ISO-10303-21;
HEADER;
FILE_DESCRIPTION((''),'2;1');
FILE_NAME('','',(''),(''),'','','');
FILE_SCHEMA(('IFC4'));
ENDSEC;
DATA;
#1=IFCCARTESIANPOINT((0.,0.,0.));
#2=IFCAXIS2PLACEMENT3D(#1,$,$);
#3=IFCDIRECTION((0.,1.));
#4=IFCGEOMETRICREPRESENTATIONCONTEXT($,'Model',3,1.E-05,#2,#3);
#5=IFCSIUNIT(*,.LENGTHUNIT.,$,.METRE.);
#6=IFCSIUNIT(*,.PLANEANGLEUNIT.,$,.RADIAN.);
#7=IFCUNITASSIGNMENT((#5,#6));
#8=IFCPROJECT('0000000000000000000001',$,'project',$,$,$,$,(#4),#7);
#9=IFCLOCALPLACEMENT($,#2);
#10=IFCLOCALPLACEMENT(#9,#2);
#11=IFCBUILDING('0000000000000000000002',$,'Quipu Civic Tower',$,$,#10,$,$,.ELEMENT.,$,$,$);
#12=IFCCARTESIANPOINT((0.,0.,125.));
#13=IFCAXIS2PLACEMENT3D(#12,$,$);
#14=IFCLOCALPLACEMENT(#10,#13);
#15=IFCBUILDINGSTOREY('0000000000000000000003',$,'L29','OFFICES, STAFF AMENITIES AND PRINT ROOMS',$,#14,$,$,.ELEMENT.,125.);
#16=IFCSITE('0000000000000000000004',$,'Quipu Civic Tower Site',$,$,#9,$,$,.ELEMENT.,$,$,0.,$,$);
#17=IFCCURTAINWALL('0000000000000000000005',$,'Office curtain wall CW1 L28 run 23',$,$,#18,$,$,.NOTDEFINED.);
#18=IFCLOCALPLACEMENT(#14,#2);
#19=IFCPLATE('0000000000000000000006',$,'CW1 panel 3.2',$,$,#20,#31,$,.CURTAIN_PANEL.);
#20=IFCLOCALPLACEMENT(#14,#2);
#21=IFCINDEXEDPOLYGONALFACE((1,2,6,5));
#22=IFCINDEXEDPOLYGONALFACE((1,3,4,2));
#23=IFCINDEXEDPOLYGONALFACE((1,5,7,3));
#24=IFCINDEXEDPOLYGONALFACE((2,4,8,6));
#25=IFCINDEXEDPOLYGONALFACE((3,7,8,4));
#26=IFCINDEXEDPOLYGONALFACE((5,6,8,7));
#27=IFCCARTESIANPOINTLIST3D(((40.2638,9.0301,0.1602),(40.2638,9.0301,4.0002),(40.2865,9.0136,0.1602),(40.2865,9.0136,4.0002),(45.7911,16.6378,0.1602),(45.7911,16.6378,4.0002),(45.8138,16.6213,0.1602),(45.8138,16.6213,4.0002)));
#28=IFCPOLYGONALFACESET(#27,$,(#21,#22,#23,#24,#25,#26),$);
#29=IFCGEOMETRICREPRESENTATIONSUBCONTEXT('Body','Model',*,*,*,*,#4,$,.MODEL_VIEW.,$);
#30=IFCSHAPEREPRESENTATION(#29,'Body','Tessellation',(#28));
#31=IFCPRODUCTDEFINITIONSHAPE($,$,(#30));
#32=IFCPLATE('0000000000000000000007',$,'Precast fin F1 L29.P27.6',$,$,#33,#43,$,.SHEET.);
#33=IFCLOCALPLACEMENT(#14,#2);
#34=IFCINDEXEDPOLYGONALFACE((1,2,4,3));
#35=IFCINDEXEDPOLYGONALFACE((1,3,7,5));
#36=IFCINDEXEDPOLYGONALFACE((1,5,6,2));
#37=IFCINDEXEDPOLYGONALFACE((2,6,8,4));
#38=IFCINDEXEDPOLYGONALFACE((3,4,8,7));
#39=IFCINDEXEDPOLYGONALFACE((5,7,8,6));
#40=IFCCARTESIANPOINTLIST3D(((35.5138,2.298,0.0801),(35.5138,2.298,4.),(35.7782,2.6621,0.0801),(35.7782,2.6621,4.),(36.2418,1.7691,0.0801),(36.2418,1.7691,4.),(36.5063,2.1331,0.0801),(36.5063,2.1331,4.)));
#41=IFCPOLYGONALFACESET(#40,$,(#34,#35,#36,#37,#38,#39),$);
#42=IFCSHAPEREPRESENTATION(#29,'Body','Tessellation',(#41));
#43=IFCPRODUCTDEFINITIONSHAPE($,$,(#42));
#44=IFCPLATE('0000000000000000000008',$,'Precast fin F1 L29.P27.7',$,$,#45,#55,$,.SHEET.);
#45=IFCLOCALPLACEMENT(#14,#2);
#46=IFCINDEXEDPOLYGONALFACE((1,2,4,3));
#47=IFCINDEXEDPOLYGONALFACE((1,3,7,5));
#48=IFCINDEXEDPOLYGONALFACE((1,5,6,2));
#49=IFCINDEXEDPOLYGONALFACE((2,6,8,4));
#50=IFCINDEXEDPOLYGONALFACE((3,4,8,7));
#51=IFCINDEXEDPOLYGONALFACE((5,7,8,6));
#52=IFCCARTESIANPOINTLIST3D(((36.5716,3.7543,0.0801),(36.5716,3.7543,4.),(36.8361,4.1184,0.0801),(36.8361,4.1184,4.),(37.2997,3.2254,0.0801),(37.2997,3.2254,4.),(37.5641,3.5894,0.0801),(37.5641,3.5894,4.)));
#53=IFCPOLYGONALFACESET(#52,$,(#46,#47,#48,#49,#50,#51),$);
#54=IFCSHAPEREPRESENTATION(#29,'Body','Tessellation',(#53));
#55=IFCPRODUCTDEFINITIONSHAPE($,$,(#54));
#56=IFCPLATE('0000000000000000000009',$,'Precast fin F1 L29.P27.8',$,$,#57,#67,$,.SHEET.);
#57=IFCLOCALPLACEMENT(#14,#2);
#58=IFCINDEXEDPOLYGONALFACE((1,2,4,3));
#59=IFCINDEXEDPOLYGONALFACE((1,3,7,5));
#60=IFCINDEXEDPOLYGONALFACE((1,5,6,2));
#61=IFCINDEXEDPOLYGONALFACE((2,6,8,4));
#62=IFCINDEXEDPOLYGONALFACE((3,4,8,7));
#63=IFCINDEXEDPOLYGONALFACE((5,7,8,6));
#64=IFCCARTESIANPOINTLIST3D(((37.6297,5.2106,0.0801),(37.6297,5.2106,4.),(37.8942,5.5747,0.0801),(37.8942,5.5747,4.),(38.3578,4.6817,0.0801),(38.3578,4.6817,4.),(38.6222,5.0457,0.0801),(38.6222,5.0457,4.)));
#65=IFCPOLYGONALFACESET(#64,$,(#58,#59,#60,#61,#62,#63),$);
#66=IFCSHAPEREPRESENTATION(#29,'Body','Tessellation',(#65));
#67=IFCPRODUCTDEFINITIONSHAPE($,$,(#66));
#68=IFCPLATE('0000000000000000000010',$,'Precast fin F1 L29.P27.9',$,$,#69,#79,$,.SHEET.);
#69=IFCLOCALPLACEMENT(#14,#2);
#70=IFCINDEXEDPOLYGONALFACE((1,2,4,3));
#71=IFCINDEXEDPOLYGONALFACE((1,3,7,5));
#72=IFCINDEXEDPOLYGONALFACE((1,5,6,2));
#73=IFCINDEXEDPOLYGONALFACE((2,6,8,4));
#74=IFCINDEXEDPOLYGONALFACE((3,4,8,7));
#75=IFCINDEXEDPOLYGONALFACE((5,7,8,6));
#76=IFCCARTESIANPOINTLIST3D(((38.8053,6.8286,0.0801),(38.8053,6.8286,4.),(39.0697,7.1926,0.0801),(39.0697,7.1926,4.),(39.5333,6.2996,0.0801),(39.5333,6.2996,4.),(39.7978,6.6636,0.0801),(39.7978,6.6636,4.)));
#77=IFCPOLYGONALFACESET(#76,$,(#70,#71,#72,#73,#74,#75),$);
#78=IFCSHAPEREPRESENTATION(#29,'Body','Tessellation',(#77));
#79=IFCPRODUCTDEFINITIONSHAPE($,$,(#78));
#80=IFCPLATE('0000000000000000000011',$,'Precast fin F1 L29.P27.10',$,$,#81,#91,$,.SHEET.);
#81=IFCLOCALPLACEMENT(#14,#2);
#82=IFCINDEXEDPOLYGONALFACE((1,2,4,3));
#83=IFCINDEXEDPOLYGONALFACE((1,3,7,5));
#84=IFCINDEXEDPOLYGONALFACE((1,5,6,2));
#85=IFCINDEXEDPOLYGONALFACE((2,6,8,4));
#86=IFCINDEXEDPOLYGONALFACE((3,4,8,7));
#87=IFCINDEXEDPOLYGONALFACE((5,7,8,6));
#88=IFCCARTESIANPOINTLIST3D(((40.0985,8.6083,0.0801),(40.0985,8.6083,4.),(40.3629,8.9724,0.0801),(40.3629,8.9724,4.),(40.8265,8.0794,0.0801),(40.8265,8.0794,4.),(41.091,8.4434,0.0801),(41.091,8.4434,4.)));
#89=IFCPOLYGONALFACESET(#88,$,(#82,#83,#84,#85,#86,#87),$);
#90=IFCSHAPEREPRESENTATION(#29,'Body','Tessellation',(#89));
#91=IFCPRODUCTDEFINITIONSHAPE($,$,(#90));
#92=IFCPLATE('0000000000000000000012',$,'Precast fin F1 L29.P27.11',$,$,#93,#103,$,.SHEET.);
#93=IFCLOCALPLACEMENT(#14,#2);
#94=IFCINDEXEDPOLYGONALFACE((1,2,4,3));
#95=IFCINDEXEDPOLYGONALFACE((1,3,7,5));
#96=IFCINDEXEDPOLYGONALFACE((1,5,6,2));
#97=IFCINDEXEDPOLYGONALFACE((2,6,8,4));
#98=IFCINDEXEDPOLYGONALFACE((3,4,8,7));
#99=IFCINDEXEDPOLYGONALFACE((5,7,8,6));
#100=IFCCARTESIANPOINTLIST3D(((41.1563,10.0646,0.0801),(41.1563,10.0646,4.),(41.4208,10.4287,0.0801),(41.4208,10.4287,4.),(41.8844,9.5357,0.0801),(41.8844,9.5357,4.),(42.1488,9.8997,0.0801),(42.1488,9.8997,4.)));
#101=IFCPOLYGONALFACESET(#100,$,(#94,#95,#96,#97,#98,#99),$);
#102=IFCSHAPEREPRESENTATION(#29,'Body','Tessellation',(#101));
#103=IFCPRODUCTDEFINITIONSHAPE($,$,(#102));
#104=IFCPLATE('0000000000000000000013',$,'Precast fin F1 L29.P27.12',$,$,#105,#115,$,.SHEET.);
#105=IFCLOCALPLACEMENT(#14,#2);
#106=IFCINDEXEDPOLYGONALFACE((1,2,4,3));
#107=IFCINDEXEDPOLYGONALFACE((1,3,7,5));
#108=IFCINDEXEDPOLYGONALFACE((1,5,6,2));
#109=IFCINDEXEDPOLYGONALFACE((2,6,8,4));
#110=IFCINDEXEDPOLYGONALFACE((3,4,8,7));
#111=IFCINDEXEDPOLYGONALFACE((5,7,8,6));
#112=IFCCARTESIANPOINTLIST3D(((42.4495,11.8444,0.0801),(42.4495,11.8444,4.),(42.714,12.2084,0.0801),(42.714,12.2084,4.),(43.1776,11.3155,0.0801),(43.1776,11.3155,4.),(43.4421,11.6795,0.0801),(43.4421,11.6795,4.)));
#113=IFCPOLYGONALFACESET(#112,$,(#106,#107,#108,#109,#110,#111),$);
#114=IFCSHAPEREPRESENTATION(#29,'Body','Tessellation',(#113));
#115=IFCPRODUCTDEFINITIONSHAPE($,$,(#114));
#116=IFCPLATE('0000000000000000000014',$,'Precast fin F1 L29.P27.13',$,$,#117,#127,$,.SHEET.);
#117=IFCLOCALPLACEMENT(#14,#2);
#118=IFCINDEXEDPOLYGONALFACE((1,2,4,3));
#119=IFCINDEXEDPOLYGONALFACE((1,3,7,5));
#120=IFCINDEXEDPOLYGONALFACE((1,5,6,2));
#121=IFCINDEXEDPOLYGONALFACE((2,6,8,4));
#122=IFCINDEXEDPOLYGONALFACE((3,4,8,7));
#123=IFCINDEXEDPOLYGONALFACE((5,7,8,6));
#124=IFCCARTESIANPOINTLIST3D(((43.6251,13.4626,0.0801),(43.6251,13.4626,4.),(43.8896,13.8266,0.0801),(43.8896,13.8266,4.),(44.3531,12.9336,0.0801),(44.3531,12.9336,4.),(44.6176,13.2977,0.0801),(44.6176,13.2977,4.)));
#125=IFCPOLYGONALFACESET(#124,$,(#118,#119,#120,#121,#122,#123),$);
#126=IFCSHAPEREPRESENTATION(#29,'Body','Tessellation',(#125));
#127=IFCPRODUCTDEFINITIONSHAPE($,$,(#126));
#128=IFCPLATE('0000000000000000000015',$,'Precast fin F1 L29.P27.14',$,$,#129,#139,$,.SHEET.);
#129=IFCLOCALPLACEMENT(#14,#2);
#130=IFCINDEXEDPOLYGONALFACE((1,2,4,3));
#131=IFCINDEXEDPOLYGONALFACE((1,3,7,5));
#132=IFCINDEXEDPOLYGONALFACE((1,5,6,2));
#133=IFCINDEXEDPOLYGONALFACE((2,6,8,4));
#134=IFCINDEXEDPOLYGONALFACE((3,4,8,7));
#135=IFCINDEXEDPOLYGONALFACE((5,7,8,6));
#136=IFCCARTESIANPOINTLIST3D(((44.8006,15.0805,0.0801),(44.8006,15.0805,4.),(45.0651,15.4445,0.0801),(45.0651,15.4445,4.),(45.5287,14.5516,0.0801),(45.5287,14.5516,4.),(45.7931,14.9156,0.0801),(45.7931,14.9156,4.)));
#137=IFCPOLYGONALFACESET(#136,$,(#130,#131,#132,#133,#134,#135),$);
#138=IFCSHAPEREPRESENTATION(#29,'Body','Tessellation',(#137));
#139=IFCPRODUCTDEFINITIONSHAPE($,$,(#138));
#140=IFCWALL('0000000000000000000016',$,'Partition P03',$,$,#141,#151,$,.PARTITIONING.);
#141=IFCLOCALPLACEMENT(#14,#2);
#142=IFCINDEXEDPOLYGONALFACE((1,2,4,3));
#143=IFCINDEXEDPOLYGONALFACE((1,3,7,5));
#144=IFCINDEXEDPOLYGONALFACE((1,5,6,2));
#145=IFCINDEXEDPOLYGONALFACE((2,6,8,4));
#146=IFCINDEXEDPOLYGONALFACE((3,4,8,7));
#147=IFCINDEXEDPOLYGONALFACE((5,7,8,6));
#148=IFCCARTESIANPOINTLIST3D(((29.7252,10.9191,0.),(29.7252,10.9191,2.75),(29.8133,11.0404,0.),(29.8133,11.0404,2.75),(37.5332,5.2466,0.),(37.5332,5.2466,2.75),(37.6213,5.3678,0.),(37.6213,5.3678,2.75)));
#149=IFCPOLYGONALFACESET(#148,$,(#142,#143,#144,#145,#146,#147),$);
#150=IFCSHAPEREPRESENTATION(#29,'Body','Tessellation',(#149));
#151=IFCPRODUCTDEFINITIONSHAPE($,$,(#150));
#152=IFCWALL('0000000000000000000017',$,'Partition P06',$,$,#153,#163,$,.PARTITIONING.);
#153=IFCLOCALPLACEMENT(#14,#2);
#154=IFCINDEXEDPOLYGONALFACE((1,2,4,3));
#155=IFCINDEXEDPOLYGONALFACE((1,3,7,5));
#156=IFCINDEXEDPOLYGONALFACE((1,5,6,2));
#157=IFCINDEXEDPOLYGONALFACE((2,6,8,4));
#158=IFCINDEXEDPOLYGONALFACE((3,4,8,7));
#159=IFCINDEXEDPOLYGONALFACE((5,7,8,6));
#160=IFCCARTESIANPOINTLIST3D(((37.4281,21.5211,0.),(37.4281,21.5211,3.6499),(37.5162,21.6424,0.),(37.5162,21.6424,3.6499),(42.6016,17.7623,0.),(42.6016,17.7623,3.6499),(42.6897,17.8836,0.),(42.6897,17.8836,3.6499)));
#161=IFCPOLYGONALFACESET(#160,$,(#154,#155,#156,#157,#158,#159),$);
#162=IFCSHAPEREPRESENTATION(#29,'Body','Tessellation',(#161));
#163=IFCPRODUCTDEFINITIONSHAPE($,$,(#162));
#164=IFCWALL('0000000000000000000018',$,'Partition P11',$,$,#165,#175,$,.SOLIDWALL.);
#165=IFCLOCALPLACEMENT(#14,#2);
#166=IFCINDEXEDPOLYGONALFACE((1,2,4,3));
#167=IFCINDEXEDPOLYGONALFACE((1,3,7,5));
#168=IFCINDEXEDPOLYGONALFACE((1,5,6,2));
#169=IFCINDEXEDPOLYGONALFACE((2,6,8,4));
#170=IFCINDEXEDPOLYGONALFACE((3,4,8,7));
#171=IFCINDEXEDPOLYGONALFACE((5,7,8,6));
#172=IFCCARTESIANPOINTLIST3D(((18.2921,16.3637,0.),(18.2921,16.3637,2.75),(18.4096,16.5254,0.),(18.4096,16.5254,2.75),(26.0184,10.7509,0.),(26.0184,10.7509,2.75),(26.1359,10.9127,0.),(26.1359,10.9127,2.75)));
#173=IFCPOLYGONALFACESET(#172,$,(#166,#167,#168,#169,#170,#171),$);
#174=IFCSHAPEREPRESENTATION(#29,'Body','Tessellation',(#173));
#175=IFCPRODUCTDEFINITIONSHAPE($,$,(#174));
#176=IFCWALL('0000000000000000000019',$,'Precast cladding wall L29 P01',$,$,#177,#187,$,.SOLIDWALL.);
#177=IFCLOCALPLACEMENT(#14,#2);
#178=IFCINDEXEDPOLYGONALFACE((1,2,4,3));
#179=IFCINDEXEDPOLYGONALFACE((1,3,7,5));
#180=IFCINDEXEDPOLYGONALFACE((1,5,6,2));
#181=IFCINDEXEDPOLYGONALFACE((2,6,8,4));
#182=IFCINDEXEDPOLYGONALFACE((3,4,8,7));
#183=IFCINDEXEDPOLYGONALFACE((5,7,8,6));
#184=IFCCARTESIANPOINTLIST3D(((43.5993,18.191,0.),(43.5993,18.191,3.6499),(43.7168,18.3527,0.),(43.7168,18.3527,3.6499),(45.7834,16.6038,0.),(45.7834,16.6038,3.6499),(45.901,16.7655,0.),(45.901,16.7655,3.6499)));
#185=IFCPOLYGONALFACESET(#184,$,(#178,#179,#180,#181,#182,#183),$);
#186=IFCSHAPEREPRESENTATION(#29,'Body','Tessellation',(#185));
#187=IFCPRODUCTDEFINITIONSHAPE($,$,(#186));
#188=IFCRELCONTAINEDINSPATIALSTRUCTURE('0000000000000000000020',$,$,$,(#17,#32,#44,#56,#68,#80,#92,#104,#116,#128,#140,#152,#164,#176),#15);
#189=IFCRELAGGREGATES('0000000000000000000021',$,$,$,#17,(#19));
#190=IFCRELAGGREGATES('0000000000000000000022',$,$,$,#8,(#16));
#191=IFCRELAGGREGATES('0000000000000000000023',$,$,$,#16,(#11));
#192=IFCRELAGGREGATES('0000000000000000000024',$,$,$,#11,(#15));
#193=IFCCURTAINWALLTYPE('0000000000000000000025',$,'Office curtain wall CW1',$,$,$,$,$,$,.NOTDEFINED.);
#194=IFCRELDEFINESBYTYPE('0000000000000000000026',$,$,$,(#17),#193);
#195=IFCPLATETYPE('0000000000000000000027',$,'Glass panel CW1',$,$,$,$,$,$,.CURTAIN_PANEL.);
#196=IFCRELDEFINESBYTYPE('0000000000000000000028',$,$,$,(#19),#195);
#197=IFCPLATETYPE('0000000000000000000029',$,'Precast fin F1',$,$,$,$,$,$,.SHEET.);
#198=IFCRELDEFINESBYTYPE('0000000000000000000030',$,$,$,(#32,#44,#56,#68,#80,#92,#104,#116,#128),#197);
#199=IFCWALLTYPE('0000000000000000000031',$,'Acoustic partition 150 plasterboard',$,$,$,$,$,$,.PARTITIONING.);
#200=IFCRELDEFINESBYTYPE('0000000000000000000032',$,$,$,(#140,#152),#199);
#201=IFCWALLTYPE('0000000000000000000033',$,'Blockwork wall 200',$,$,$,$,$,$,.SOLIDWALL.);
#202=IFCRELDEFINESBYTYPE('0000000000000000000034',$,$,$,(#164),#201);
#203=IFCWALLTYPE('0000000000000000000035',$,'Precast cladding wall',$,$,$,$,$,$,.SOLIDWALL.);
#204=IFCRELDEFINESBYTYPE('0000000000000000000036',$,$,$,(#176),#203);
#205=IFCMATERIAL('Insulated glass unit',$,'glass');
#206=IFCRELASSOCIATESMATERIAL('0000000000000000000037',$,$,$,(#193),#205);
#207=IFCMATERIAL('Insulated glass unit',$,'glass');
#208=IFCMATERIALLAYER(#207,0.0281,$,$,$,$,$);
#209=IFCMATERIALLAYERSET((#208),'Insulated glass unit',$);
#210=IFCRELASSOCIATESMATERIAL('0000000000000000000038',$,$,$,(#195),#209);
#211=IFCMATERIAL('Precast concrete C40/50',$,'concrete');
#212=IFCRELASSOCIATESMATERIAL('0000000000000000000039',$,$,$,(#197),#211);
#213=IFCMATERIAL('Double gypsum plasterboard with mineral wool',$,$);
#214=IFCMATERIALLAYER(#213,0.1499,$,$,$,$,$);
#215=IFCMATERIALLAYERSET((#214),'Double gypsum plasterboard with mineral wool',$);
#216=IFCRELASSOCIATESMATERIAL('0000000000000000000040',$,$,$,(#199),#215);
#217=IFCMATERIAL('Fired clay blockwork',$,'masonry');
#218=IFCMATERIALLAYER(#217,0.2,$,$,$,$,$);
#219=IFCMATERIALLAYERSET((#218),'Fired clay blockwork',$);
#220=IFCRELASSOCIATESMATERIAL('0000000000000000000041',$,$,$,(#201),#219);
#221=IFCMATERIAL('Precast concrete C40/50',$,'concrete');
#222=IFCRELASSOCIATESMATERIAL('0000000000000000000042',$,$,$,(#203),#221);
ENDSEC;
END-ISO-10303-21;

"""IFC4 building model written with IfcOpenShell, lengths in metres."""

from ifc_helpers import new_model, si_unit, direction, frame, frame_2d, origin, origin_2d, place, context, subcontext, project, spatial, rectangle, extrude, material, layer, layer_set, type_object, element, aggregate, save


model = new_model("IFC4")

# Units and contexts
model_context = context("Model", 3, precision=1e-05, world=origin(), true_north=direction((0.0, 1.0)))
body_context = subcontext(model_context, "Body", "Model", "MODEL_VIEW")
ifc_project = project(units=[si_unit("LENGTHUNIT", "METRE"), si_unit("PLANEANGLEUNIT", "RADIAN")], contexts=[model_context])

# Site, building, storey
site_placement = place(None, origin())
site = spatial("IfcSite", under=ifc_project, at=site_placement, Name="Quipu Civic Tower Site", CompositionType="ELEMENT", RefElevation=0.0)
building_placement = place(site_placement, origin())
building = spatial("IfcBuilding", under=site, at=building_placement, Name="Quipu Civic Tower", CompositionType="ELEMENT")
storey_placement = place(building_placement, frame((0.0, 0.0, 125.0)))
storey = spatial("IfcBuildingStorey", under=building, at=storey_placement, Name="L29", Description="OFFICES, STAFF AMENITIES AND PRINT ROOMS", CompositionType="ELEMENT", Elevation=125.0)

# Curtain wall
ifc_material_1 = material(Name="Insulated glass unit", Category="glass")
curtain_wall_type = type_object("IfcCurtainWallType", Name="Office curtain wall CW1", PredefinedType="NOTDEFINED", material=ifc_material_1)
curtain_wall_placement = place(storey_placement, origin())
curtain_wall = element("IfcCurtainWall", 1, at=curtain_wall_placement, inside=storey, type_object=curtain_wall_type, Name="Office curtain wall CW1 L28 run 23", PredefinedType="NOTDEFINED")

# Plate
ifc_material_2 = material(Name="Insulated glass unit", Category="glass")
ifc_layer_1 = layer(ifc_material_2, 0.0281)
ifc_layer_set_1 = layer_set([ifc_layer_1], Name="Insulated glass unit")
plate_type_1 = type_object("IfcPlateType", Name="Glass panel CW1", PredefinedType="CURTAIN_PANEL", material=ifc_layer_set_1)
plate_1_placement = place(storey_placement, frame((43.0388, 12.8257, 0.1602), z_axis=(0.0, 0.0, 1.0), x_axis=(0.587785, 0.809017, 0.0)))
plate_1 = element("IfcPlate", 2, at=plate_1_placement, type_object=plate_type_1, Name="CW1 panel 3.2", PredefinedType="CURTAIN_PANEL", context=body_context, shape_type="SweptSolid", body=[
    extrude(rectangle(XDim=9.4036, YDim=0.0281, at=origin_2d()), origin(), (0.0, 0.0, 1.0), 3.8401),
])
aggregate(curtain_wall, [plate_1])

# Plates
ifc_material_3 = material(Name="Precast concrete C40/50", Category="concrete")
plate_type_2 = type_object("IfcPlateType", Name="Precast fin F1", PredefinedType="SHEET", material=ifc_material_3)
for number, where, z_axis, x_axis, name in (
    (3, (36.01, 2.2156, 0.0801), (0.0, 0.0, 1.0), (0.587786, 0.809017, 0.0), "Precast fin F1 L29.P27.6"),
    (4, (37.0679, 3.6719, 0.0801), (0.0, 0.0, 1.0), (0.587786, 0.809017, 0.0), "Precast fin F1 L29.P27.7"),
    (5, (38.126, 5.1282, 0.0801), (0.0, 0.0, 1.0), (0.587786, 0.809017, 0.0), "Precast fin F1 L29.P27.8"),
    (6, (39.3015, 6.7461, 0.0801), (0.0, 0.0, 1.0), (0.587786, 0.809017, 0.0), "Precast fin F1 L29.P27.9"),
    (7, (40.5947, 8.5259, 0.0801), (0.0, 0.0, 1.0), (0.587786, 0.809017, 0.0), "Precast fin F1 L29.P27.10"),
    (8, (41.6526, 9.9822, 0.0801), (0.0, 0.0, 1.0), (0.587786, 0.809017, 0.0), "Precast fin F1 L29.P27.11"),
    (9, (42.9458, 11.762, 0.0801), (0.0, 0.0, 1.0), (0.587786, 0.809017, 0.0), "Precast fin F1 L29.P27.12"),
    (10, (44.1213, 13.3801, 0.0801), (0.0, 0.0, 1.0), (0.587786, 0.809017, 0.0), "Precast fin F1 L29.P27.13"),
    (11, (45.2969, 14.998, 0.0801), (0.0, 0.0, 1.0), (0.587786, 0.809017, 0.0), "Precast fin F1 L29.P27.14"),
):
    element("IfcPlate", number, at=place(storey_placement, frame(where, z_axis=z_axis, x_axis=x_axis)), inside=storey, type_object=plate_type_2, Name=name, PredefinedType="SHEET", context=body_context, shape_type="SweptSolid", body=[
        extrude(rectangle(XDim=0.45, YDim=0.8999, at=origin_2d()), origin(), (0.0, 0.0, 1.0), 3.9199),
    ])

# Walls
ifc_material_4 = material(Name="Double gypsum plasterboard with mineral wool")
ifc_layer_2 = layer(ifc_material_4, 0.1499)
ifc_layer_set_2 = layer_set([ifc_layer_2], Name="Double gypsum plasterboard with mineral wool")
wall_type_1 = type_object("IfcWallType", Name="Acoustic partition 150 plasterboard", PredefinedType="PARTITIONING", material=ifc_layer_set_2)
wall_1_placement = place(storey_placement, frame((37.5774, 5.3071, 0.0), z_axis=(0.0, 0.0, 1.0), x_axis=(-0.809032, 0.587764, 0.0)))
element("IfcWall", 12, at=wall_1_placement, inside=storey, type_object=wall_type_1, Name="Partition P03", PredefinedType="PARTITIONING", context=body_context, shape_type="SweptSolid", body=[
    extrude(rectangle(XDim=9.6511, YDim=0.1499, at=frame_2d((4.8257, 0.0))), origin(), (0.0, 0.0, 1.0), 2.75),
])
wall_2_placement = place(storey_placement, frame((42.6455, 17.823, 0.0), z_axis=(0.0, 0.0, 1.0), x_axis=(-0.809007, 0.587799, 0.0)))
element("IfcWall", 13, at=wall_2_placement, inside=storey, type_object=wall_type_1, Name="Partition P06", PredefinedType="PARTITIONING", context=body_context, shape_type="SweptSolid", body=[
    extrude(rectangle(XDim=6.3948, YDim=0.1499, at=frame_2d((3.1973, 0.0))), origin(), (0.0, 0.0, 1.0), 3.6499),
])
ifc_material_5 = material(Name="Fired clay blockwork", Category="masonry")
ifc_layer_3 = layer(ifc_material_5, 0.2)
ifc_layer_set_3 = layer_set([ifc_layer_3], Name="Fired clay blockwork")
wall_type_2 = type_object("IfcWallType", Name="Blockwork wall 200", PredefinedType="SOLIDWALL", material=ifc_layer_set_3)
wall_3_placement = place(storey_placement, frame((26.0771, 10.8318, 0.0), z_axis=(0.0, 0.0, 1.0), x_axis=(-0.809052, 0.587737, 0.0)))
element("IfcWall", 14, at=wall_3_placement, inside=storey, type_object=wall_type_2, Name="Partition P11", PredefinedType="SOLIDWALL", context=body_context, shape_type="SweptSolid", body=[
    extrude(rectangle(XDim=9.5498, YDim=0.2, at=frame_2d((4.7749, 0.0))), origin(), (0.0, 0.0, 1.0), 2.75),
])
ifc_material_6 = material(Name="Precast concrete C40/50", Category="concrete")
wall_type_3 = type_object("IfcWallType", Name="Precast cladding wall", PredefinedType="SOLIDWALL", material=ifc_material_6)
wall_4_placement = place(storey_placement, frame((45.8423, 16.6846, 0.0), z_axis=(0.0, 0.0, 1.0), x_axis=(-0.808959, 0.587865, 0.0)))
element("IfcWall", 15, at=wall_4_placement, inside=storey, type_object=wall_type_3, Name="Precast cladding wall L29 P01", PredefinedType="SOLIDWALL", context=body_context, shape_type="SweptSolid", body=[
    extrude(rectangle(XDim=2.7, YDim=0.2, at=frame_2d((1.3501, 0.0))), origin(), (0.0, 0.0, 1.0), 3.6499),
])

save(model, "model.ifc")
